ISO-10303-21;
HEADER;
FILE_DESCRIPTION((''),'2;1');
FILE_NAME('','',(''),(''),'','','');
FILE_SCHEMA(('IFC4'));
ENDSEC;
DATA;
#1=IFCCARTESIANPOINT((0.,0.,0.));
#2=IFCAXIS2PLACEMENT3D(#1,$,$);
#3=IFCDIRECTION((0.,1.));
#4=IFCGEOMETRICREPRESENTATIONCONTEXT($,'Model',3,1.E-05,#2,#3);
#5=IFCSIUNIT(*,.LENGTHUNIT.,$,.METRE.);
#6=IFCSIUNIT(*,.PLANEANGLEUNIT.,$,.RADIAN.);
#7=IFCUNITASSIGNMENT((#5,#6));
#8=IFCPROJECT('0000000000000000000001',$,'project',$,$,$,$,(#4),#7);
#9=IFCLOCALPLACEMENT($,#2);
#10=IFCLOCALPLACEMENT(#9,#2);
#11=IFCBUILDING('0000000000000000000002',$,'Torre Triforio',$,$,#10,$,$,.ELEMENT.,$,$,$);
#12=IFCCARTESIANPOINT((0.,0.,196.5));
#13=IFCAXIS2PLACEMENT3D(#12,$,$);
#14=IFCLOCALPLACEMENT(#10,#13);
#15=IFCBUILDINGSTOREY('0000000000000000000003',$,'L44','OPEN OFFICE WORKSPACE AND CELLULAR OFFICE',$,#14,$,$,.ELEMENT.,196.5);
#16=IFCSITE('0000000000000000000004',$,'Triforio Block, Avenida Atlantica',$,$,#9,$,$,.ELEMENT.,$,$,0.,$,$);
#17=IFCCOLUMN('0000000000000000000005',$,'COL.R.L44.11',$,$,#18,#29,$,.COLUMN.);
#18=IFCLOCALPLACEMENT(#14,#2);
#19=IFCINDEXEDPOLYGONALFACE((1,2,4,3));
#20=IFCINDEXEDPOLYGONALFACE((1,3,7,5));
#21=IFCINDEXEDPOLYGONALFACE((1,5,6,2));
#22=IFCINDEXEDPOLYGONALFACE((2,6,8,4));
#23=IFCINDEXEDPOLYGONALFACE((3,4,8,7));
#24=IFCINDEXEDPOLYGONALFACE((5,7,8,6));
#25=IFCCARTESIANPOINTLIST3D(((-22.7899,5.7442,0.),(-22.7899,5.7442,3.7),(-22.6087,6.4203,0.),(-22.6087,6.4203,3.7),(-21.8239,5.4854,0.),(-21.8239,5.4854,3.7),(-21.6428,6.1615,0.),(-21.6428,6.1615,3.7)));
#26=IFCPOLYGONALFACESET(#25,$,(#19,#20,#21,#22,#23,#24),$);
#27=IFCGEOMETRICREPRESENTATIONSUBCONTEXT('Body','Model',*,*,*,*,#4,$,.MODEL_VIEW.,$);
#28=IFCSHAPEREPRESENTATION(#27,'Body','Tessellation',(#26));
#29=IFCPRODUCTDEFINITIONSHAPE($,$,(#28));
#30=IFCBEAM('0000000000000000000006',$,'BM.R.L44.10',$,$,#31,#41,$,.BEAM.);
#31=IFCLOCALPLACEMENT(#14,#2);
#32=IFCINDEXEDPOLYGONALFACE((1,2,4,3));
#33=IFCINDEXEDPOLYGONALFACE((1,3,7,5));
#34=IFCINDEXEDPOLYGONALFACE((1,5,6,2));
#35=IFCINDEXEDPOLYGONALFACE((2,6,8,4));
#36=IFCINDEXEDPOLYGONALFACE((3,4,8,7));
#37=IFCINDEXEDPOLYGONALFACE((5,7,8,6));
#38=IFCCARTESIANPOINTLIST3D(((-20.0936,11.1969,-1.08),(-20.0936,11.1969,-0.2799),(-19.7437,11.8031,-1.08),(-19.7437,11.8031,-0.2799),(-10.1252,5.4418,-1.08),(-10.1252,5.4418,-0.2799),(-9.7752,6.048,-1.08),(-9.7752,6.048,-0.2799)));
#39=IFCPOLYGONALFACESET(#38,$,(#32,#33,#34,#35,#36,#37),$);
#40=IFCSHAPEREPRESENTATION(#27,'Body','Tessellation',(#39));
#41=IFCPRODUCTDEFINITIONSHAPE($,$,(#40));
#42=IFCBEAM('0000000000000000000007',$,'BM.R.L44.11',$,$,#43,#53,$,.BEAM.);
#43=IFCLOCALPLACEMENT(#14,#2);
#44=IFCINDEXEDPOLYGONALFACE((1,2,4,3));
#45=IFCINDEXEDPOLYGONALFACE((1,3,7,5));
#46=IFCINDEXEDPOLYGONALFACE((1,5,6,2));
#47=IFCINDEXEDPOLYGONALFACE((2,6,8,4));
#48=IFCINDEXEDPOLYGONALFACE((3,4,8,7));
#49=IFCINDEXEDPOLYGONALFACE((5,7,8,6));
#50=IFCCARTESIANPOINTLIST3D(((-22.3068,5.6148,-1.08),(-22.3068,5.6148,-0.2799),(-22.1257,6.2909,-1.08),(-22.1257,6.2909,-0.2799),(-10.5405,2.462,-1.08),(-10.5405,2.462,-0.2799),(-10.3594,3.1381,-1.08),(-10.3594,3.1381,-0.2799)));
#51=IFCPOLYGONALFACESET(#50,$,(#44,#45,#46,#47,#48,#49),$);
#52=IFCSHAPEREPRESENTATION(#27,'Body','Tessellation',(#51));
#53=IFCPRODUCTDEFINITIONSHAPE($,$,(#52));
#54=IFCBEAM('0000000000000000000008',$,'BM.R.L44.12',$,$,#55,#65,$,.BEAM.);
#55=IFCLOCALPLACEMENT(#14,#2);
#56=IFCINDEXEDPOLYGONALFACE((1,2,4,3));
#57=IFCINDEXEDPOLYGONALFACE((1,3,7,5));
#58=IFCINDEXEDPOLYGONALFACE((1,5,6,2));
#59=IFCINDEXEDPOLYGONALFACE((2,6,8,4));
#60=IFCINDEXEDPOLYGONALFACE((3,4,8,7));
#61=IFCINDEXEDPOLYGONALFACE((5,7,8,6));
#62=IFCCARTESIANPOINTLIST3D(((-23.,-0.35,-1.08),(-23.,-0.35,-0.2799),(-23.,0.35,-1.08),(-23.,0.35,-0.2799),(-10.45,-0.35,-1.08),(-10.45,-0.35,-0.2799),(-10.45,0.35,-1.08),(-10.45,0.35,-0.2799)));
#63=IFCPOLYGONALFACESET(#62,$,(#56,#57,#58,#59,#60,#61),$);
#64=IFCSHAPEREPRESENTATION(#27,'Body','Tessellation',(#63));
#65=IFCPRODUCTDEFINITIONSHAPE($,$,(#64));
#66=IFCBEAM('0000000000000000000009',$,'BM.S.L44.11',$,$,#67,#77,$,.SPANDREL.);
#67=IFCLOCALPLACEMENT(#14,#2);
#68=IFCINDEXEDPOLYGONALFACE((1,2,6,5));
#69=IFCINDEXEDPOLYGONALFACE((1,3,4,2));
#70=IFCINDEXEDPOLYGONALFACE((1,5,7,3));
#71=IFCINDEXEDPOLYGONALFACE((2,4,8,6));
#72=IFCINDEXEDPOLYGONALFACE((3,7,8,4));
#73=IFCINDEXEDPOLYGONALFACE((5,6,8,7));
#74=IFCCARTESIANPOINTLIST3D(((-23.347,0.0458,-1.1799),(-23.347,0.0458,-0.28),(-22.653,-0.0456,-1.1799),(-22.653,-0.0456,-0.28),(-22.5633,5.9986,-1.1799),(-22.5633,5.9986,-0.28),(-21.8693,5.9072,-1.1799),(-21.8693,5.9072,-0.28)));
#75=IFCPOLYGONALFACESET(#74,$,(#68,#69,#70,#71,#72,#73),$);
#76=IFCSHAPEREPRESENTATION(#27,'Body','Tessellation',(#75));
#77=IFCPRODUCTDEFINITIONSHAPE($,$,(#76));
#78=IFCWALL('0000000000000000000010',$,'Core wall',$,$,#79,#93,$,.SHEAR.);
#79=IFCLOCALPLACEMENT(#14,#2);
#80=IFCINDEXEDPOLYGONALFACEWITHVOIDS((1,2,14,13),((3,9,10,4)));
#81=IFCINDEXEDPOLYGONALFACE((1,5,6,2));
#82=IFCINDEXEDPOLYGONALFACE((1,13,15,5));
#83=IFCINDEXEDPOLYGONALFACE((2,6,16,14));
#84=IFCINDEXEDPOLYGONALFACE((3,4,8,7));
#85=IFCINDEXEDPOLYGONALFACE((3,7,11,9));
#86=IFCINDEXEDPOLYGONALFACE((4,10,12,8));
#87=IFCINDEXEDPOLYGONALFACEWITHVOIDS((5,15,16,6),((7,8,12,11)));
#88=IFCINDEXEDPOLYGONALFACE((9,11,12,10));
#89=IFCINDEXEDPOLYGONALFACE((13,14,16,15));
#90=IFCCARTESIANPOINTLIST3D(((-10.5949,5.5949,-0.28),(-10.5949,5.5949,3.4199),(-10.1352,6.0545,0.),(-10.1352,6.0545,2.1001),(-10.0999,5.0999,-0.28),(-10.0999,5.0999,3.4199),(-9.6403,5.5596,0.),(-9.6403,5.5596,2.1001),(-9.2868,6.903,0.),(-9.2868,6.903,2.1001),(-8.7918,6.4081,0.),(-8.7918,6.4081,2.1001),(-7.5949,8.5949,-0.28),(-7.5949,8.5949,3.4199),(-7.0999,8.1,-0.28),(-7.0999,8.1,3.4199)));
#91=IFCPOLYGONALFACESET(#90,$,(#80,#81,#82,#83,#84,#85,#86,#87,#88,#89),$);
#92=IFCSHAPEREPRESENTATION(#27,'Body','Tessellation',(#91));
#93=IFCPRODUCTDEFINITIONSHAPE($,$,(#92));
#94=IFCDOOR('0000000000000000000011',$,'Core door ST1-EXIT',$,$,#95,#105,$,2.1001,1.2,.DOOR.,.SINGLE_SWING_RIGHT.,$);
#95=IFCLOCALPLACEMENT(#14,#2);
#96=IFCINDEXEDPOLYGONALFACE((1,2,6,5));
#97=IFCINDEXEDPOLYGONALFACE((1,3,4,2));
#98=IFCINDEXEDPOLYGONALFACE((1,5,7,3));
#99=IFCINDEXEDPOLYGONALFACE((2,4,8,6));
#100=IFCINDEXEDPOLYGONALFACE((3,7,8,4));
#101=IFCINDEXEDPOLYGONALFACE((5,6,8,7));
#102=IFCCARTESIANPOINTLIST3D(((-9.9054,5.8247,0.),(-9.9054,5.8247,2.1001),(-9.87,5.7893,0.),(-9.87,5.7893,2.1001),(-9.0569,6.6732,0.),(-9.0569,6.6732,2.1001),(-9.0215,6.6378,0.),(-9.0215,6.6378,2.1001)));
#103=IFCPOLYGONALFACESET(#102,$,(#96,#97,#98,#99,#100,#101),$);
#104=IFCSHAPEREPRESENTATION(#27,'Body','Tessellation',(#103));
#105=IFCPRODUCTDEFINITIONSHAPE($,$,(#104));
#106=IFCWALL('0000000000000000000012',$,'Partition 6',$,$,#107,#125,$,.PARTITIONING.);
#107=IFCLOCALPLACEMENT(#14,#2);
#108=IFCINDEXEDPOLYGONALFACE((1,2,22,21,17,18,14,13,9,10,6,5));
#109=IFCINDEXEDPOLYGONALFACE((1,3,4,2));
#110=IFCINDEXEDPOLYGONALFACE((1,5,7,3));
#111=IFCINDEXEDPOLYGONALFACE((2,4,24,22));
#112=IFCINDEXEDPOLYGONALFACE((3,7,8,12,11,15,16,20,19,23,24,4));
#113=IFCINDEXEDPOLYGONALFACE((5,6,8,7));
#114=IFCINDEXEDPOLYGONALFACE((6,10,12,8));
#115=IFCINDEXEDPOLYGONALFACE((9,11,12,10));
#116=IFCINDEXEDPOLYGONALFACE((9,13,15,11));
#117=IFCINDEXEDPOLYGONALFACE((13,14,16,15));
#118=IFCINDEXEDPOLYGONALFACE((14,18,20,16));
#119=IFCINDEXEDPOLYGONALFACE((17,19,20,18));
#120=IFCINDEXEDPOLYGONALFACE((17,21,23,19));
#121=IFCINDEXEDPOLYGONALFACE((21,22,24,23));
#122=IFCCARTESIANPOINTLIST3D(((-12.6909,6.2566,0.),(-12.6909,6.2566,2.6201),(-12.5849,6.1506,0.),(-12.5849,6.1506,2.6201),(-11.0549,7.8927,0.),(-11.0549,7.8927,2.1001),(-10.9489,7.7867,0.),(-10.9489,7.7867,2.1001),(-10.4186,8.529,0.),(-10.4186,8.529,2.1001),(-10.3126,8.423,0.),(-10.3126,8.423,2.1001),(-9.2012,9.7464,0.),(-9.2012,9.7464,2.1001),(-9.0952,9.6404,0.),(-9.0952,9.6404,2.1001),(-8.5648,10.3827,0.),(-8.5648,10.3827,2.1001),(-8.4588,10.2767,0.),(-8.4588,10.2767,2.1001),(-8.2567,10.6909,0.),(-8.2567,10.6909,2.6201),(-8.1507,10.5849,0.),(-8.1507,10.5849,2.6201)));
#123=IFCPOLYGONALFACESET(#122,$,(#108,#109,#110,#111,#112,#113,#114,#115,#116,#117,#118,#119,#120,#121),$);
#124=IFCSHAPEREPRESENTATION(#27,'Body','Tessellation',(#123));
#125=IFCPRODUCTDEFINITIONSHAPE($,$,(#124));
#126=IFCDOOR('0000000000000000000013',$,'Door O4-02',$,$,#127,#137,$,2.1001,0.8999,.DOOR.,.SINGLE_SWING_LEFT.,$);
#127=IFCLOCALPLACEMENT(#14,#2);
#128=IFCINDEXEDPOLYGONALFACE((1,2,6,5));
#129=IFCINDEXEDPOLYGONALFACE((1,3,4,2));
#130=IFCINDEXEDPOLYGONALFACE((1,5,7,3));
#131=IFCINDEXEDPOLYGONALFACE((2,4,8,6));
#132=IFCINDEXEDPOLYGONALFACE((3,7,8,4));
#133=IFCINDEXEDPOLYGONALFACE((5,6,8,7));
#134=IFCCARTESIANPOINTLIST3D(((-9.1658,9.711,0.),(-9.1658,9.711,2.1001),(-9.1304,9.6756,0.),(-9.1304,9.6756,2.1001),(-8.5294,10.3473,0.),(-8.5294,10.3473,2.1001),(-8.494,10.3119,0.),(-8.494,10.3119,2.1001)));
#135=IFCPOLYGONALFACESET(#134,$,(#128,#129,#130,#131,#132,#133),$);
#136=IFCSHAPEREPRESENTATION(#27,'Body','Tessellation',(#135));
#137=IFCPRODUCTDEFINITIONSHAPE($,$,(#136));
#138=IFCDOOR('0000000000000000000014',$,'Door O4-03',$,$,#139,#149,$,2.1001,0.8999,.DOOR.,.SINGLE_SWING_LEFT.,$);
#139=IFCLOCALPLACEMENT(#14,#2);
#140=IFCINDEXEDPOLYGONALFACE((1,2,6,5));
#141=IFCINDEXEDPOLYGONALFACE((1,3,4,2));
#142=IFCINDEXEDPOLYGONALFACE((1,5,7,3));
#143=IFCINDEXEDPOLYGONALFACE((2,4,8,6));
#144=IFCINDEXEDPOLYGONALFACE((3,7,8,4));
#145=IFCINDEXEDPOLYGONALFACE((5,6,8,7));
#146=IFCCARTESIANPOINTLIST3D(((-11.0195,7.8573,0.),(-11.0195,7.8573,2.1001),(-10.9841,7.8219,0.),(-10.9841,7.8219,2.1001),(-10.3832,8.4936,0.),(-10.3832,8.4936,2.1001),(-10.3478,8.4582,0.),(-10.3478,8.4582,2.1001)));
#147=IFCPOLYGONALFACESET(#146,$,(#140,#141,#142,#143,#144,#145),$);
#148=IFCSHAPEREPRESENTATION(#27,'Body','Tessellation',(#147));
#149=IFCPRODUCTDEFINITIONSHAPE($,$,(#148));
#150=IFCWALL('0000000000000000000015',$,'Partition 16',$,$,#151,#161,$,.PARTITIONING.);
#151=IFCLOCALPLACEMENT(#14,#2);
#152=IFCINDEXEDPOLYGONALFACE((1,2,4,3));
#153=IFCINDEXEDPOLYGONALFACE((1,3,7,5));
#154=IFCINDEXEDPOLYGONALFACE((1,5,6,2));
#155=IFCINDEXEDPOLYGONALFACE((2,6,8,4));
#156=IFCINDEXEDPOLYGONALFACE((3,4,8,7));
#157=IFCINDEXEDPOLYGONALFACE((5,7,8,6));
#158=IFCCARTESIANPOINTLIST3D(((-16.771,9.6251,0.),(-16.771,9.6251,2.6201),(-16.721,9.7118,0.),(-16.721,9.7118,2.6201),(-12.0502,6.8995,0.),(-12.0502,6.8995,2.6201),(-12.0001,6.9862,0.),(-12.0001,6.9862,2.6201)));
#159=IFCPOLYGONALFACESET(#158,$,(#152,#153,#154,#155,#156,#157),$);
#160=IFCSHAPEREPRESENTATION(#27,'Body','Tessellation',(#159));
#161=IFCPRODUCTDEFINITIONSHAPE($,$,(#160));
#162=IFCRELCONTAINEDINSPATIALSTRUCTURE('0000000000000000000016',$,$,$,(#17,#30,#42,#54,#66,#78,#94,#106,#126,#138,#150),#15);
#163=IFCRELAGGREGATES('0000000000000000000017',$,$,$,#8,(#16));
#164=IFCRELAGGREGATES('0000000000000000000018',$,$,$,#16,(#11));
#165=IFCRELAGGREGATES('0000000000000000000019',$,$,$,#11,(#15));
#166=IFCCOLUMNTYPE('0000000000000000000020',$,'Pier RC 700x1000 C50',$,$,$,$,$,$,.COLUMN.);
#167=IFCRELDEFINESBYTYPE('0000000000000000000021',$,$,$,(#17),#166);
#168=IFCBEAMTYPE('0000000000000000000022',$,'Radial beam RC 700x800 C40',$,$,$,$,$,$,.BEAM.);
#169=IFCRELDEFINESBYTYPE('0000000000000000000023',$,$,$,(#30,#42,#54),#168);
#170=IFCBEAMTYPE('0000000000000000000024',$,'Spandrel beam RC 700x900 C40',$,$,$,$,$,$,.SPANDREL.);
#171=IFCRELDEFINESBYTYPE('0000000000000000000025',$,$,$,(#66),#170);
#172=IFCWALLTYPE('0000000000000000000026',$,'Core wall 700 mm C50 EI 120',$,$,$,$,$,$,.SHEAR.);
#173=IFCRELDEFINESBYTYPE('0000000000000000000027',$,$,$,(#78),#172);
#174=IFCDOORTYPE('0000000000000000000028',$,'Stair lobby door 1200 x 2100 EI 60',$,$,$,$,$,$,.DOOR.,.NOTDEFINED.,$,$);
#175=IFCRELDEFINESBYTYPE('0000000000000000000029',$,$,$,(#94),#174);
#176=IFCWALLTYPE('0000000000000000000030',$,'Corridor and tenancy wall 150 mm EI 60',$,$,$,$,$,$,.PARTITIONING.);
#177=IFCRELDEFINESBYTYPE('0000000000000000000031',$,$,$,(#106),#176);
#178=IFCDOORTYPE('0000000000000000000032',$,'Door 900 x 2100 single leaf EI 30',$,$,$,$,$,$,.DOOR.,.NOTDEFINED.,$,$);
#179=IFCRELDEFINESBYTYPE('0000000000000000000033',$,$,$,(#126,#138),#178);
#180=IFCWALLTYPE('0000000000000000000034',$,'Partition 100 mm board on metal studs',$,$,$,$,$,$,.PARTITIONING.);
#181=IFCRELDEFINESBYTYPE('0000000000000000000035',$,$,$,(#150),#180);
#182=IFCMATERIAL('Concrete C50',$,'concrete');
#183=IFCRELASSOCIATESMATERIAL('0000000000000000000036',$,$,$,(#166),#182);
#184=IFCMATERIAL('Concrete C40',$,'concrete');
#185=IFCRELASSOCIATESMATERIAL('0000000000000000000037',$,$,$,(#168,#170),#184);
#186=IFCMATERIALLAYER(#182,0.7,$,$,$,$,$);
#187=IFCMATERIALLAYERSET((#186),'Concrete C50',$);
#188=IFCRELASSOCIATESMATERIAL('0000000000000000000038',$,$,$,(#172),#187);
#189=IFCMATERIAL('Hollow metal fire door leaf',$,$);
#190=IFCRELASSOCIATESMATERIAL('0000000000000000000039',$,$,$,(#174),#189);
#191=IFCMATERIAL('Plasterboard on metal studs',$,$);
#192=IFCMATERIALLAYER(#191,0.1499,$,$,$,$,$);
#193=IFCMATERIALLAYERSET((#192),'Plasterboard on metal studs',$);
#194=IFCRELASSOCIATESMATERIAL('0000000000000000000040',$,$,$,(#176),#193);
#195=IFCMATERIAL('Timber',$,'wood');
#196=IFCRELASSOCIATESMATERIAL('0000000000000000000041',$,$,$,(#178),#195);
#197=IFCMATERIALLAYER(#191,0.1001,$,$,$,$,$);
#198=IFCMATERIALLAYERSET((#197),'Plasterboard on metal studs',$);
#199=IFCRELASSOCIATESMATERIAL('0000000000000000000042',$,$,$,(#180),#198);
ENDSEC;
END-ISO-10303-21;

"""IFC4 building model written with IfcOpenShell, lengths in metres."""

from ifc_helpers import new_model, si_unit, direction, frame, frame_2d, origin, origin_2d, place, context, subcontext, project, spatial, rectangle, extrude, material, layer, layer_set, material_profile, profile_set, type_object, element, fill, save


model = new_model("IFC4")

# Units and contexts
model_context = context("Model", 3, precision=1e-05, world=origin(), true_north=direction((0.0, 1.0)))
body_context = subcontext(model_context, "Body", "Model", "MODEL_VIEW")
ifc_project = project(units=[si_unit("LENGTHUNIT", "METRE"), si_unit("PLANEANGLEUNIT", "RADIAN")], contexts=[model_context])

# Site, building, storey
site_placement = place(None, origin())
site = spatial("IfcSite", under=ifc_project, at=site_placement, Name="Triforio Block, Avenida Atlantica", CompositionType="ELEMENT", RefElevation=0.0)
building_placement = place(site_placement, origin())
building = spatial("IfcBuilding", under=site, at=building_placement, Name="Torre Triforio", CompositionType="ELEMENT")
storey_placement = place(building_placement, frame((0.0, 0.0, 196.5)))
storey = spatial("IfcBuildingStorey", under=building, at=storey_placement, Name="L44", Description="OPEN OFFICE WORKSPACE AND CELLULAR OFFICE", CompositionType="ELEMENT", Elevation=196.5)

# Column
ifc_material_1 = material(Name="Concrete C50", Category="concrete")
ifc_material_profile_1 = material_profile(ifc_material_1, rectangle(XDim=0.7, YDim=1.0, at=origin_2d()), Name="RC 700x1000")
ifc_profile_set_1 = profile_set([ifc_material_profile_1], Name="Concrete C50")
column_type = type_object("IfcColumnType", Name="Pier RC 700x1000 C50", PredefinedType="COLUMN", material=ifc_profile_set_1)
column_placement = place(storey_placement, frame((-22.2163, 5.9529, 0.0), z_axis=(0.0, 0.0, 1.0), x_axis=(-0.258819, -0.965926, 0.0)))
element("IfcColumn", 1, at=column_placement, inside=storey, type_object=column_type, Name="COL.R.L44.11", PredefinedType="COLUMN", context=body_context, shape_type="SweptSolid", body=[
    extrude(rectangle(XDim=0.7, YDim=1.0, at=origin_2d()), origin(), (0.0, 0.0, 1.0), 3.7),
])

# Beams
ifc_material_2 = material(Name="Concrete C40", Category="concrete")
ifc_material_profile_2 = material_profile(ifc_material_2, rectangle(XDim=0.7, YDim=0.8, at=origin_2d()), Name="RC 700x800")
ifc_profile_set_2 = profile_set([ifc_material_profile_2], Name="Concrete C40")
beam_type_1 = type_object("IfcBeamType", Name="Radial beam RC 700x800 C40", PredefinedType="BEAM", material=ifc_profile_set_2)
beam_1_placement = place(storey_placement, frame((-9.9502, 5.7449, -0.6799), z_axis=(-0.866033, 0.499987, 0.0), x_axis=(-0.499987, -0.866033, 0.0)))
element("IfcBeam", 2, at=beam_1_placement, inside=storey, type_object=beam_type_1, Name="BM.R.L44.10", PredefinedType="BEAM", context=body_context, shape_type="SweptSolid", body=[
    extrude(rectangle(XDim=0.7, YDim=0.8, at=origin_2d()), origin(), (0.0, 0.0, 1.0), 11.5105),
])
beam_2_placement = place(storey_placement, frame((-10.45, 2.8, -0.6799), z_axis=(-0.965925, 0.258823, 0.0), x_axis=(-0.258823, -0.965925, 0.0)))
element("IfcBeam", 3, at=beam_2_placement, inside=storey, type_object=beam_type_1, Name="BM.R.L44.11", PredefinedType="BEAM", context=body_context, shape_type="SweptSolid", body=[
    extrude(rectangle(XDim=0.7, YDim=0.8, at=origin_2d()), origin(), (0.0, 0.0, 1.0), 12.1814),
])
beam_3_placement = place(storey_placement, frame((-10.45, 0.0, -0.6799), z_axis=(-1.0, 0.0, 0.0), x_axis=(0.0, -1.0, 0.0)))
element("IfcBeam", 4, at=beam_3_placement, inside=storey, type_object=beam_type_1, Name="BM.R.L44.12", PredefinedType="BEAM", context=body_context, shape_type="SweptSolid", body=[
    extrude(rectangle(XDim=0.7, YDim=0.8, at=origin_2d()), origin(), (0.0, 0.0, 1.0), 12.55),
])
ifc_material_profile_3 = material_profile(ifc_material_2, rectangle(XDim=0.7, YDim=0.8999, at=origin_2d()), Name="RC 700x900")
ifc_profile_set_3 = profile_set([ifc_material_profile_3], Name="Concrete C40")
beam_type_2 = type_object("IfcBeamType", Name="Spandrel beam RC 700x900 C40", PredefinedType="SPANDREL", material=ifc_profile_set_3)
beam_4_placement = place(storey_placement, frame((-22.2163, 5.9529, -0.73), z_axis=(-0.130523, -0.991445, 0.0), x_axis=(0.991445, -0.130523, 0.0)))
element("IfcBeam", 5, at=beam_4_placement, inside=storey, type_object=beam_type_2, Name="BM.S.L44.11", PredefinedType="SPANDREL", context=body_context, shape_type="SweptSolid", body=[
    extrude(rectangle(XDim=0.7, YDim=0.8999, at=origin_2d()), origin(), (0.0, 0.0, 1.0), 6.0042),
])

# Wall, opening, door
ifc_layer_1 = layer(ifc_material_1, 0.7)
ifc_layer_set_1 = layer_set([ifc_layer_1], Name="Concrete C50")
wall_type_1 = type_object("IfcWallType", Name="Core wall 700 mm C50 EI 120", PredefinedType="SHEAR", material=ifc_layer_set_1)
wall_1_placement = place(storey_placement, frame((-10.3474, 5.3474, -0.28), z_axis=(0.0, 0.0, 1.0), x_axis=(0.707107, 0.707107, 0.0)))
wall_1 = element("IfcWall", 6, at=wall_1_placement, inside=storey, type_object=wall_type_1, Name="Core wall", PredefinedType="SHEAR", context=body_context, shape_type="SweptSolid", body=[
    extrude(rectangle(XDim=4.2427, YDim=0.7, at=frame_2d((2.1213, 0.0))), origin(), (0.0, 0.0, 1.0), 3.7),
])
opening_1_placement = place(wall_1_placement, frame((0.6499, 0.0, 0.28)))
opening_1 = element("IfcOpeningElement", 7, at=opening_1_placement, cuts=wall_1, PredefinedType="OPENING", context=body_context, shape_type="SweptSolid", body=[
    extrude(rectangle(XDim=1.2, YDim=2.1001, at=frame_2d((0.6001, 1.05))), frame((0.0, 0.3599, 0.0), z_axis=(0.0, -1.0, 0.0), x_axis=(1.0, 0.0, 0.0)), (0.0, 0.0, 1.0), 0.72),
])
ifc_material_3 = material(Name="Hollow metal fire door leaf")
door_type_1 = type_object("IfcDoorType", Name="Stair lobby door 1200 x 2100 EI 60", OperationType="NOTDEFINED", PredefinedType="DOOR", material=ifc_material_3)
door_1_placement = place(opening_1_placement, origin())
door_1 = element("IfcDoor", 8, at=door_1_placement, inside=storey, type_object=door_type_1, Name="Core door ST1-EXIT", OperationType="SINGLE_SWING_RIGHT", OverallHeight=2.1001, OverallWidth=1.2, PredefinedType="DOOR", context=body_context, shape_type="SweptSolid", body=[
    extrude(rectangle(XDim=1.2, YDim=2.1001, at=frame_2d((0.6001, 1.05))), frame((0.0, 0.0249, 0.0), z_axis=(0.0, -1.0, 0.0), x_axis=(1.0, 0.0, 0.0)), (0.0, 0.0, 1.0), 0.05),
])
fill(opening_1, door_1)

# Wall, openings, doors
ifc_material_4 = material(Name="Plasterboard on metal studs")
ifc_layer_2 = layer(ifc_material_4, 0.1499)
ifc_layer_set_2 = layer_set([ifc_layer_2], Name="Plasterboard on metal studs")
wall_type_2 = type_object("IfcWallType", Name="Corridor and tenancy wall 150 mm EI 60", PredefinedType="PARTITIONING", material=ifc_layer_set_2)
wall_2_placement = place(storey_placement, frame((-12.6379, 6.2036, 0.0), z_axis=(0.0, 0.0, 1.0), x_axis=(0.707107, 0.707107, 0.0)))
wall_2 = element("IfcWall", 9, at=wall_2_placement, inside=storey, type_object=wall_type_2, Name="Partition 6", PredefinedType="PARTITIONING", context=body_context, shape_type="SweptSolid", body=[
    extrude(rectangle(XDim=6.271, YDim=0.1499, at=frame_2d((3.1355, 0.0))), origin(), (0.0, 0.0, 1.0), 2.6201),
])
opening_2_placement = place(wall_2_placement, frame((4.9353, 0.0, 0.0)))
opening_2 = element("IfcOpeningElement", 10, at=opening_2_placement, cuts=wall_2, PredefinedType="OPENING", context=body_context, shape_type="SweptSolid", body=[
    extrude(rectangle(XDim=0.8999, YDim=2.1001, at=frame_2d((0.45, 1.05))), frame((0.0, 0.085, 0.0), z_axis=(0.0, -1.0, 0.0), x_axis=(1.0, 0.0, 0.0)), (0.0, 0.0, 1.0), 0.1699),
])
opening_3_placement = place(wall_2_placement, frame((2.3137, 0.0, 0.0)))
opening_3 = element("IfcOpeningElement", 11, at=opening_3_placement, cuts=wall_2, PredefinedType="OPENING", context=body_context, shape_type="SweptSolid", body=[
    extrude(rectangle(XDim=0.8999, YDim=2.1001, at=frame_2d((0.45, 1.05))), frame((0.0, 0.085, 0.0), z_axis=(0.0, -1.0, 0.0), x_axis=(1.0, 0.0, 0.0)), (0.0, 0.0, 1.0), 0.1699),
])
ifc_material_5 = material(Name="Timber", Category="wood")
door_type_2 = type_object("IfcDoorType", Name="Door 900 x 2100 single leaf EI 30", OperationType="NOTDEFINED", PredefinedType="DOOR", material=ifc_material_5)
door_2_placement = place(opening_2_placement, origin())
door_2 = element("IfcDoor", 12, at=door_2_placement, inside=storey, type_object=door_type_2, Name="Door O4-02", OperationType="SINGLE_SWING_LEFT", OverallHeight=2.1001, OverallWidth=0.8999, PredefinedType="DOOR", context=body_context, shape_type="SweptSolid", body=[
    extrude(rectangle(XDim=0.8999, YDim=2.1001, at=frame_2d((0.45, 1.05))), frame((0.0, 0.0249, 0.0), z_axis=(0.0, -1.0, 0.0), x_axis=(1.0, 0.0, 0.0)), (0.0, 0.0, 1.0), 0.05),
])
fill(opening_2, door_2)
door_3_placement = place(opening_3_placement, origin())
door_3 = element("IfcDoor", 13, at=door_3_placement, inside=storey, type_object=door_type_2, Name="Door O4-03", OperationType="SINGLE_SWING_LEFT", OverallHeight=2.1001, OverallWidth=0.8999, PredefinedType="DOOR", context=body_context, shape_type="SweptSolid", body=[
    extrude(rectangle(XDim=0.8999, YDim=2.1001, at=frame_2d((0.45, 1.05))), frame((0.0, 0.0249, 0.0), z_axis=(0.0, -1.0, 0.0), x_axis=(1.0, 0.0, 0.0)), (0.0, 0.0, 1.0), 0.05),
])
fill(opening_3, door_3)

# Wall
ifc_layer_3 = layer(ifc_material_4, 0.1001)
ifc_layer_set_3 = layer_set([ifc_layer_3], Name="Plasterboard on metal studs")
wall_type_3 = type_object("IfcWallType", Name="Partition 100 mm board on metal studs", PredefinedType="PARTITIONING", material=ifc_layer_set_3)
wall_3_placement = place(storey_placement, frame((-12.0251, 6.9429, 0.0), z_axis=(0.0, 0.0, 1.0), x_axis=(-0.86603, 0.499993, 0.0)))
element("IfcWall", 14, at=wall_3_placement, inside=storey, type_object=wall_type_3, Name="Partition 16", PredefinedType="PARTITIONING", context=body_context, shape_type="SweptSolid", body=[
    extrude(rectangle(XDim=5.4512, YDim=0.1001, at=frame_2d((2.7256, 0.0))), origin(), (0.0, 0.0, 1.0), 2.6201),
])

save(model, "model.ifc")
